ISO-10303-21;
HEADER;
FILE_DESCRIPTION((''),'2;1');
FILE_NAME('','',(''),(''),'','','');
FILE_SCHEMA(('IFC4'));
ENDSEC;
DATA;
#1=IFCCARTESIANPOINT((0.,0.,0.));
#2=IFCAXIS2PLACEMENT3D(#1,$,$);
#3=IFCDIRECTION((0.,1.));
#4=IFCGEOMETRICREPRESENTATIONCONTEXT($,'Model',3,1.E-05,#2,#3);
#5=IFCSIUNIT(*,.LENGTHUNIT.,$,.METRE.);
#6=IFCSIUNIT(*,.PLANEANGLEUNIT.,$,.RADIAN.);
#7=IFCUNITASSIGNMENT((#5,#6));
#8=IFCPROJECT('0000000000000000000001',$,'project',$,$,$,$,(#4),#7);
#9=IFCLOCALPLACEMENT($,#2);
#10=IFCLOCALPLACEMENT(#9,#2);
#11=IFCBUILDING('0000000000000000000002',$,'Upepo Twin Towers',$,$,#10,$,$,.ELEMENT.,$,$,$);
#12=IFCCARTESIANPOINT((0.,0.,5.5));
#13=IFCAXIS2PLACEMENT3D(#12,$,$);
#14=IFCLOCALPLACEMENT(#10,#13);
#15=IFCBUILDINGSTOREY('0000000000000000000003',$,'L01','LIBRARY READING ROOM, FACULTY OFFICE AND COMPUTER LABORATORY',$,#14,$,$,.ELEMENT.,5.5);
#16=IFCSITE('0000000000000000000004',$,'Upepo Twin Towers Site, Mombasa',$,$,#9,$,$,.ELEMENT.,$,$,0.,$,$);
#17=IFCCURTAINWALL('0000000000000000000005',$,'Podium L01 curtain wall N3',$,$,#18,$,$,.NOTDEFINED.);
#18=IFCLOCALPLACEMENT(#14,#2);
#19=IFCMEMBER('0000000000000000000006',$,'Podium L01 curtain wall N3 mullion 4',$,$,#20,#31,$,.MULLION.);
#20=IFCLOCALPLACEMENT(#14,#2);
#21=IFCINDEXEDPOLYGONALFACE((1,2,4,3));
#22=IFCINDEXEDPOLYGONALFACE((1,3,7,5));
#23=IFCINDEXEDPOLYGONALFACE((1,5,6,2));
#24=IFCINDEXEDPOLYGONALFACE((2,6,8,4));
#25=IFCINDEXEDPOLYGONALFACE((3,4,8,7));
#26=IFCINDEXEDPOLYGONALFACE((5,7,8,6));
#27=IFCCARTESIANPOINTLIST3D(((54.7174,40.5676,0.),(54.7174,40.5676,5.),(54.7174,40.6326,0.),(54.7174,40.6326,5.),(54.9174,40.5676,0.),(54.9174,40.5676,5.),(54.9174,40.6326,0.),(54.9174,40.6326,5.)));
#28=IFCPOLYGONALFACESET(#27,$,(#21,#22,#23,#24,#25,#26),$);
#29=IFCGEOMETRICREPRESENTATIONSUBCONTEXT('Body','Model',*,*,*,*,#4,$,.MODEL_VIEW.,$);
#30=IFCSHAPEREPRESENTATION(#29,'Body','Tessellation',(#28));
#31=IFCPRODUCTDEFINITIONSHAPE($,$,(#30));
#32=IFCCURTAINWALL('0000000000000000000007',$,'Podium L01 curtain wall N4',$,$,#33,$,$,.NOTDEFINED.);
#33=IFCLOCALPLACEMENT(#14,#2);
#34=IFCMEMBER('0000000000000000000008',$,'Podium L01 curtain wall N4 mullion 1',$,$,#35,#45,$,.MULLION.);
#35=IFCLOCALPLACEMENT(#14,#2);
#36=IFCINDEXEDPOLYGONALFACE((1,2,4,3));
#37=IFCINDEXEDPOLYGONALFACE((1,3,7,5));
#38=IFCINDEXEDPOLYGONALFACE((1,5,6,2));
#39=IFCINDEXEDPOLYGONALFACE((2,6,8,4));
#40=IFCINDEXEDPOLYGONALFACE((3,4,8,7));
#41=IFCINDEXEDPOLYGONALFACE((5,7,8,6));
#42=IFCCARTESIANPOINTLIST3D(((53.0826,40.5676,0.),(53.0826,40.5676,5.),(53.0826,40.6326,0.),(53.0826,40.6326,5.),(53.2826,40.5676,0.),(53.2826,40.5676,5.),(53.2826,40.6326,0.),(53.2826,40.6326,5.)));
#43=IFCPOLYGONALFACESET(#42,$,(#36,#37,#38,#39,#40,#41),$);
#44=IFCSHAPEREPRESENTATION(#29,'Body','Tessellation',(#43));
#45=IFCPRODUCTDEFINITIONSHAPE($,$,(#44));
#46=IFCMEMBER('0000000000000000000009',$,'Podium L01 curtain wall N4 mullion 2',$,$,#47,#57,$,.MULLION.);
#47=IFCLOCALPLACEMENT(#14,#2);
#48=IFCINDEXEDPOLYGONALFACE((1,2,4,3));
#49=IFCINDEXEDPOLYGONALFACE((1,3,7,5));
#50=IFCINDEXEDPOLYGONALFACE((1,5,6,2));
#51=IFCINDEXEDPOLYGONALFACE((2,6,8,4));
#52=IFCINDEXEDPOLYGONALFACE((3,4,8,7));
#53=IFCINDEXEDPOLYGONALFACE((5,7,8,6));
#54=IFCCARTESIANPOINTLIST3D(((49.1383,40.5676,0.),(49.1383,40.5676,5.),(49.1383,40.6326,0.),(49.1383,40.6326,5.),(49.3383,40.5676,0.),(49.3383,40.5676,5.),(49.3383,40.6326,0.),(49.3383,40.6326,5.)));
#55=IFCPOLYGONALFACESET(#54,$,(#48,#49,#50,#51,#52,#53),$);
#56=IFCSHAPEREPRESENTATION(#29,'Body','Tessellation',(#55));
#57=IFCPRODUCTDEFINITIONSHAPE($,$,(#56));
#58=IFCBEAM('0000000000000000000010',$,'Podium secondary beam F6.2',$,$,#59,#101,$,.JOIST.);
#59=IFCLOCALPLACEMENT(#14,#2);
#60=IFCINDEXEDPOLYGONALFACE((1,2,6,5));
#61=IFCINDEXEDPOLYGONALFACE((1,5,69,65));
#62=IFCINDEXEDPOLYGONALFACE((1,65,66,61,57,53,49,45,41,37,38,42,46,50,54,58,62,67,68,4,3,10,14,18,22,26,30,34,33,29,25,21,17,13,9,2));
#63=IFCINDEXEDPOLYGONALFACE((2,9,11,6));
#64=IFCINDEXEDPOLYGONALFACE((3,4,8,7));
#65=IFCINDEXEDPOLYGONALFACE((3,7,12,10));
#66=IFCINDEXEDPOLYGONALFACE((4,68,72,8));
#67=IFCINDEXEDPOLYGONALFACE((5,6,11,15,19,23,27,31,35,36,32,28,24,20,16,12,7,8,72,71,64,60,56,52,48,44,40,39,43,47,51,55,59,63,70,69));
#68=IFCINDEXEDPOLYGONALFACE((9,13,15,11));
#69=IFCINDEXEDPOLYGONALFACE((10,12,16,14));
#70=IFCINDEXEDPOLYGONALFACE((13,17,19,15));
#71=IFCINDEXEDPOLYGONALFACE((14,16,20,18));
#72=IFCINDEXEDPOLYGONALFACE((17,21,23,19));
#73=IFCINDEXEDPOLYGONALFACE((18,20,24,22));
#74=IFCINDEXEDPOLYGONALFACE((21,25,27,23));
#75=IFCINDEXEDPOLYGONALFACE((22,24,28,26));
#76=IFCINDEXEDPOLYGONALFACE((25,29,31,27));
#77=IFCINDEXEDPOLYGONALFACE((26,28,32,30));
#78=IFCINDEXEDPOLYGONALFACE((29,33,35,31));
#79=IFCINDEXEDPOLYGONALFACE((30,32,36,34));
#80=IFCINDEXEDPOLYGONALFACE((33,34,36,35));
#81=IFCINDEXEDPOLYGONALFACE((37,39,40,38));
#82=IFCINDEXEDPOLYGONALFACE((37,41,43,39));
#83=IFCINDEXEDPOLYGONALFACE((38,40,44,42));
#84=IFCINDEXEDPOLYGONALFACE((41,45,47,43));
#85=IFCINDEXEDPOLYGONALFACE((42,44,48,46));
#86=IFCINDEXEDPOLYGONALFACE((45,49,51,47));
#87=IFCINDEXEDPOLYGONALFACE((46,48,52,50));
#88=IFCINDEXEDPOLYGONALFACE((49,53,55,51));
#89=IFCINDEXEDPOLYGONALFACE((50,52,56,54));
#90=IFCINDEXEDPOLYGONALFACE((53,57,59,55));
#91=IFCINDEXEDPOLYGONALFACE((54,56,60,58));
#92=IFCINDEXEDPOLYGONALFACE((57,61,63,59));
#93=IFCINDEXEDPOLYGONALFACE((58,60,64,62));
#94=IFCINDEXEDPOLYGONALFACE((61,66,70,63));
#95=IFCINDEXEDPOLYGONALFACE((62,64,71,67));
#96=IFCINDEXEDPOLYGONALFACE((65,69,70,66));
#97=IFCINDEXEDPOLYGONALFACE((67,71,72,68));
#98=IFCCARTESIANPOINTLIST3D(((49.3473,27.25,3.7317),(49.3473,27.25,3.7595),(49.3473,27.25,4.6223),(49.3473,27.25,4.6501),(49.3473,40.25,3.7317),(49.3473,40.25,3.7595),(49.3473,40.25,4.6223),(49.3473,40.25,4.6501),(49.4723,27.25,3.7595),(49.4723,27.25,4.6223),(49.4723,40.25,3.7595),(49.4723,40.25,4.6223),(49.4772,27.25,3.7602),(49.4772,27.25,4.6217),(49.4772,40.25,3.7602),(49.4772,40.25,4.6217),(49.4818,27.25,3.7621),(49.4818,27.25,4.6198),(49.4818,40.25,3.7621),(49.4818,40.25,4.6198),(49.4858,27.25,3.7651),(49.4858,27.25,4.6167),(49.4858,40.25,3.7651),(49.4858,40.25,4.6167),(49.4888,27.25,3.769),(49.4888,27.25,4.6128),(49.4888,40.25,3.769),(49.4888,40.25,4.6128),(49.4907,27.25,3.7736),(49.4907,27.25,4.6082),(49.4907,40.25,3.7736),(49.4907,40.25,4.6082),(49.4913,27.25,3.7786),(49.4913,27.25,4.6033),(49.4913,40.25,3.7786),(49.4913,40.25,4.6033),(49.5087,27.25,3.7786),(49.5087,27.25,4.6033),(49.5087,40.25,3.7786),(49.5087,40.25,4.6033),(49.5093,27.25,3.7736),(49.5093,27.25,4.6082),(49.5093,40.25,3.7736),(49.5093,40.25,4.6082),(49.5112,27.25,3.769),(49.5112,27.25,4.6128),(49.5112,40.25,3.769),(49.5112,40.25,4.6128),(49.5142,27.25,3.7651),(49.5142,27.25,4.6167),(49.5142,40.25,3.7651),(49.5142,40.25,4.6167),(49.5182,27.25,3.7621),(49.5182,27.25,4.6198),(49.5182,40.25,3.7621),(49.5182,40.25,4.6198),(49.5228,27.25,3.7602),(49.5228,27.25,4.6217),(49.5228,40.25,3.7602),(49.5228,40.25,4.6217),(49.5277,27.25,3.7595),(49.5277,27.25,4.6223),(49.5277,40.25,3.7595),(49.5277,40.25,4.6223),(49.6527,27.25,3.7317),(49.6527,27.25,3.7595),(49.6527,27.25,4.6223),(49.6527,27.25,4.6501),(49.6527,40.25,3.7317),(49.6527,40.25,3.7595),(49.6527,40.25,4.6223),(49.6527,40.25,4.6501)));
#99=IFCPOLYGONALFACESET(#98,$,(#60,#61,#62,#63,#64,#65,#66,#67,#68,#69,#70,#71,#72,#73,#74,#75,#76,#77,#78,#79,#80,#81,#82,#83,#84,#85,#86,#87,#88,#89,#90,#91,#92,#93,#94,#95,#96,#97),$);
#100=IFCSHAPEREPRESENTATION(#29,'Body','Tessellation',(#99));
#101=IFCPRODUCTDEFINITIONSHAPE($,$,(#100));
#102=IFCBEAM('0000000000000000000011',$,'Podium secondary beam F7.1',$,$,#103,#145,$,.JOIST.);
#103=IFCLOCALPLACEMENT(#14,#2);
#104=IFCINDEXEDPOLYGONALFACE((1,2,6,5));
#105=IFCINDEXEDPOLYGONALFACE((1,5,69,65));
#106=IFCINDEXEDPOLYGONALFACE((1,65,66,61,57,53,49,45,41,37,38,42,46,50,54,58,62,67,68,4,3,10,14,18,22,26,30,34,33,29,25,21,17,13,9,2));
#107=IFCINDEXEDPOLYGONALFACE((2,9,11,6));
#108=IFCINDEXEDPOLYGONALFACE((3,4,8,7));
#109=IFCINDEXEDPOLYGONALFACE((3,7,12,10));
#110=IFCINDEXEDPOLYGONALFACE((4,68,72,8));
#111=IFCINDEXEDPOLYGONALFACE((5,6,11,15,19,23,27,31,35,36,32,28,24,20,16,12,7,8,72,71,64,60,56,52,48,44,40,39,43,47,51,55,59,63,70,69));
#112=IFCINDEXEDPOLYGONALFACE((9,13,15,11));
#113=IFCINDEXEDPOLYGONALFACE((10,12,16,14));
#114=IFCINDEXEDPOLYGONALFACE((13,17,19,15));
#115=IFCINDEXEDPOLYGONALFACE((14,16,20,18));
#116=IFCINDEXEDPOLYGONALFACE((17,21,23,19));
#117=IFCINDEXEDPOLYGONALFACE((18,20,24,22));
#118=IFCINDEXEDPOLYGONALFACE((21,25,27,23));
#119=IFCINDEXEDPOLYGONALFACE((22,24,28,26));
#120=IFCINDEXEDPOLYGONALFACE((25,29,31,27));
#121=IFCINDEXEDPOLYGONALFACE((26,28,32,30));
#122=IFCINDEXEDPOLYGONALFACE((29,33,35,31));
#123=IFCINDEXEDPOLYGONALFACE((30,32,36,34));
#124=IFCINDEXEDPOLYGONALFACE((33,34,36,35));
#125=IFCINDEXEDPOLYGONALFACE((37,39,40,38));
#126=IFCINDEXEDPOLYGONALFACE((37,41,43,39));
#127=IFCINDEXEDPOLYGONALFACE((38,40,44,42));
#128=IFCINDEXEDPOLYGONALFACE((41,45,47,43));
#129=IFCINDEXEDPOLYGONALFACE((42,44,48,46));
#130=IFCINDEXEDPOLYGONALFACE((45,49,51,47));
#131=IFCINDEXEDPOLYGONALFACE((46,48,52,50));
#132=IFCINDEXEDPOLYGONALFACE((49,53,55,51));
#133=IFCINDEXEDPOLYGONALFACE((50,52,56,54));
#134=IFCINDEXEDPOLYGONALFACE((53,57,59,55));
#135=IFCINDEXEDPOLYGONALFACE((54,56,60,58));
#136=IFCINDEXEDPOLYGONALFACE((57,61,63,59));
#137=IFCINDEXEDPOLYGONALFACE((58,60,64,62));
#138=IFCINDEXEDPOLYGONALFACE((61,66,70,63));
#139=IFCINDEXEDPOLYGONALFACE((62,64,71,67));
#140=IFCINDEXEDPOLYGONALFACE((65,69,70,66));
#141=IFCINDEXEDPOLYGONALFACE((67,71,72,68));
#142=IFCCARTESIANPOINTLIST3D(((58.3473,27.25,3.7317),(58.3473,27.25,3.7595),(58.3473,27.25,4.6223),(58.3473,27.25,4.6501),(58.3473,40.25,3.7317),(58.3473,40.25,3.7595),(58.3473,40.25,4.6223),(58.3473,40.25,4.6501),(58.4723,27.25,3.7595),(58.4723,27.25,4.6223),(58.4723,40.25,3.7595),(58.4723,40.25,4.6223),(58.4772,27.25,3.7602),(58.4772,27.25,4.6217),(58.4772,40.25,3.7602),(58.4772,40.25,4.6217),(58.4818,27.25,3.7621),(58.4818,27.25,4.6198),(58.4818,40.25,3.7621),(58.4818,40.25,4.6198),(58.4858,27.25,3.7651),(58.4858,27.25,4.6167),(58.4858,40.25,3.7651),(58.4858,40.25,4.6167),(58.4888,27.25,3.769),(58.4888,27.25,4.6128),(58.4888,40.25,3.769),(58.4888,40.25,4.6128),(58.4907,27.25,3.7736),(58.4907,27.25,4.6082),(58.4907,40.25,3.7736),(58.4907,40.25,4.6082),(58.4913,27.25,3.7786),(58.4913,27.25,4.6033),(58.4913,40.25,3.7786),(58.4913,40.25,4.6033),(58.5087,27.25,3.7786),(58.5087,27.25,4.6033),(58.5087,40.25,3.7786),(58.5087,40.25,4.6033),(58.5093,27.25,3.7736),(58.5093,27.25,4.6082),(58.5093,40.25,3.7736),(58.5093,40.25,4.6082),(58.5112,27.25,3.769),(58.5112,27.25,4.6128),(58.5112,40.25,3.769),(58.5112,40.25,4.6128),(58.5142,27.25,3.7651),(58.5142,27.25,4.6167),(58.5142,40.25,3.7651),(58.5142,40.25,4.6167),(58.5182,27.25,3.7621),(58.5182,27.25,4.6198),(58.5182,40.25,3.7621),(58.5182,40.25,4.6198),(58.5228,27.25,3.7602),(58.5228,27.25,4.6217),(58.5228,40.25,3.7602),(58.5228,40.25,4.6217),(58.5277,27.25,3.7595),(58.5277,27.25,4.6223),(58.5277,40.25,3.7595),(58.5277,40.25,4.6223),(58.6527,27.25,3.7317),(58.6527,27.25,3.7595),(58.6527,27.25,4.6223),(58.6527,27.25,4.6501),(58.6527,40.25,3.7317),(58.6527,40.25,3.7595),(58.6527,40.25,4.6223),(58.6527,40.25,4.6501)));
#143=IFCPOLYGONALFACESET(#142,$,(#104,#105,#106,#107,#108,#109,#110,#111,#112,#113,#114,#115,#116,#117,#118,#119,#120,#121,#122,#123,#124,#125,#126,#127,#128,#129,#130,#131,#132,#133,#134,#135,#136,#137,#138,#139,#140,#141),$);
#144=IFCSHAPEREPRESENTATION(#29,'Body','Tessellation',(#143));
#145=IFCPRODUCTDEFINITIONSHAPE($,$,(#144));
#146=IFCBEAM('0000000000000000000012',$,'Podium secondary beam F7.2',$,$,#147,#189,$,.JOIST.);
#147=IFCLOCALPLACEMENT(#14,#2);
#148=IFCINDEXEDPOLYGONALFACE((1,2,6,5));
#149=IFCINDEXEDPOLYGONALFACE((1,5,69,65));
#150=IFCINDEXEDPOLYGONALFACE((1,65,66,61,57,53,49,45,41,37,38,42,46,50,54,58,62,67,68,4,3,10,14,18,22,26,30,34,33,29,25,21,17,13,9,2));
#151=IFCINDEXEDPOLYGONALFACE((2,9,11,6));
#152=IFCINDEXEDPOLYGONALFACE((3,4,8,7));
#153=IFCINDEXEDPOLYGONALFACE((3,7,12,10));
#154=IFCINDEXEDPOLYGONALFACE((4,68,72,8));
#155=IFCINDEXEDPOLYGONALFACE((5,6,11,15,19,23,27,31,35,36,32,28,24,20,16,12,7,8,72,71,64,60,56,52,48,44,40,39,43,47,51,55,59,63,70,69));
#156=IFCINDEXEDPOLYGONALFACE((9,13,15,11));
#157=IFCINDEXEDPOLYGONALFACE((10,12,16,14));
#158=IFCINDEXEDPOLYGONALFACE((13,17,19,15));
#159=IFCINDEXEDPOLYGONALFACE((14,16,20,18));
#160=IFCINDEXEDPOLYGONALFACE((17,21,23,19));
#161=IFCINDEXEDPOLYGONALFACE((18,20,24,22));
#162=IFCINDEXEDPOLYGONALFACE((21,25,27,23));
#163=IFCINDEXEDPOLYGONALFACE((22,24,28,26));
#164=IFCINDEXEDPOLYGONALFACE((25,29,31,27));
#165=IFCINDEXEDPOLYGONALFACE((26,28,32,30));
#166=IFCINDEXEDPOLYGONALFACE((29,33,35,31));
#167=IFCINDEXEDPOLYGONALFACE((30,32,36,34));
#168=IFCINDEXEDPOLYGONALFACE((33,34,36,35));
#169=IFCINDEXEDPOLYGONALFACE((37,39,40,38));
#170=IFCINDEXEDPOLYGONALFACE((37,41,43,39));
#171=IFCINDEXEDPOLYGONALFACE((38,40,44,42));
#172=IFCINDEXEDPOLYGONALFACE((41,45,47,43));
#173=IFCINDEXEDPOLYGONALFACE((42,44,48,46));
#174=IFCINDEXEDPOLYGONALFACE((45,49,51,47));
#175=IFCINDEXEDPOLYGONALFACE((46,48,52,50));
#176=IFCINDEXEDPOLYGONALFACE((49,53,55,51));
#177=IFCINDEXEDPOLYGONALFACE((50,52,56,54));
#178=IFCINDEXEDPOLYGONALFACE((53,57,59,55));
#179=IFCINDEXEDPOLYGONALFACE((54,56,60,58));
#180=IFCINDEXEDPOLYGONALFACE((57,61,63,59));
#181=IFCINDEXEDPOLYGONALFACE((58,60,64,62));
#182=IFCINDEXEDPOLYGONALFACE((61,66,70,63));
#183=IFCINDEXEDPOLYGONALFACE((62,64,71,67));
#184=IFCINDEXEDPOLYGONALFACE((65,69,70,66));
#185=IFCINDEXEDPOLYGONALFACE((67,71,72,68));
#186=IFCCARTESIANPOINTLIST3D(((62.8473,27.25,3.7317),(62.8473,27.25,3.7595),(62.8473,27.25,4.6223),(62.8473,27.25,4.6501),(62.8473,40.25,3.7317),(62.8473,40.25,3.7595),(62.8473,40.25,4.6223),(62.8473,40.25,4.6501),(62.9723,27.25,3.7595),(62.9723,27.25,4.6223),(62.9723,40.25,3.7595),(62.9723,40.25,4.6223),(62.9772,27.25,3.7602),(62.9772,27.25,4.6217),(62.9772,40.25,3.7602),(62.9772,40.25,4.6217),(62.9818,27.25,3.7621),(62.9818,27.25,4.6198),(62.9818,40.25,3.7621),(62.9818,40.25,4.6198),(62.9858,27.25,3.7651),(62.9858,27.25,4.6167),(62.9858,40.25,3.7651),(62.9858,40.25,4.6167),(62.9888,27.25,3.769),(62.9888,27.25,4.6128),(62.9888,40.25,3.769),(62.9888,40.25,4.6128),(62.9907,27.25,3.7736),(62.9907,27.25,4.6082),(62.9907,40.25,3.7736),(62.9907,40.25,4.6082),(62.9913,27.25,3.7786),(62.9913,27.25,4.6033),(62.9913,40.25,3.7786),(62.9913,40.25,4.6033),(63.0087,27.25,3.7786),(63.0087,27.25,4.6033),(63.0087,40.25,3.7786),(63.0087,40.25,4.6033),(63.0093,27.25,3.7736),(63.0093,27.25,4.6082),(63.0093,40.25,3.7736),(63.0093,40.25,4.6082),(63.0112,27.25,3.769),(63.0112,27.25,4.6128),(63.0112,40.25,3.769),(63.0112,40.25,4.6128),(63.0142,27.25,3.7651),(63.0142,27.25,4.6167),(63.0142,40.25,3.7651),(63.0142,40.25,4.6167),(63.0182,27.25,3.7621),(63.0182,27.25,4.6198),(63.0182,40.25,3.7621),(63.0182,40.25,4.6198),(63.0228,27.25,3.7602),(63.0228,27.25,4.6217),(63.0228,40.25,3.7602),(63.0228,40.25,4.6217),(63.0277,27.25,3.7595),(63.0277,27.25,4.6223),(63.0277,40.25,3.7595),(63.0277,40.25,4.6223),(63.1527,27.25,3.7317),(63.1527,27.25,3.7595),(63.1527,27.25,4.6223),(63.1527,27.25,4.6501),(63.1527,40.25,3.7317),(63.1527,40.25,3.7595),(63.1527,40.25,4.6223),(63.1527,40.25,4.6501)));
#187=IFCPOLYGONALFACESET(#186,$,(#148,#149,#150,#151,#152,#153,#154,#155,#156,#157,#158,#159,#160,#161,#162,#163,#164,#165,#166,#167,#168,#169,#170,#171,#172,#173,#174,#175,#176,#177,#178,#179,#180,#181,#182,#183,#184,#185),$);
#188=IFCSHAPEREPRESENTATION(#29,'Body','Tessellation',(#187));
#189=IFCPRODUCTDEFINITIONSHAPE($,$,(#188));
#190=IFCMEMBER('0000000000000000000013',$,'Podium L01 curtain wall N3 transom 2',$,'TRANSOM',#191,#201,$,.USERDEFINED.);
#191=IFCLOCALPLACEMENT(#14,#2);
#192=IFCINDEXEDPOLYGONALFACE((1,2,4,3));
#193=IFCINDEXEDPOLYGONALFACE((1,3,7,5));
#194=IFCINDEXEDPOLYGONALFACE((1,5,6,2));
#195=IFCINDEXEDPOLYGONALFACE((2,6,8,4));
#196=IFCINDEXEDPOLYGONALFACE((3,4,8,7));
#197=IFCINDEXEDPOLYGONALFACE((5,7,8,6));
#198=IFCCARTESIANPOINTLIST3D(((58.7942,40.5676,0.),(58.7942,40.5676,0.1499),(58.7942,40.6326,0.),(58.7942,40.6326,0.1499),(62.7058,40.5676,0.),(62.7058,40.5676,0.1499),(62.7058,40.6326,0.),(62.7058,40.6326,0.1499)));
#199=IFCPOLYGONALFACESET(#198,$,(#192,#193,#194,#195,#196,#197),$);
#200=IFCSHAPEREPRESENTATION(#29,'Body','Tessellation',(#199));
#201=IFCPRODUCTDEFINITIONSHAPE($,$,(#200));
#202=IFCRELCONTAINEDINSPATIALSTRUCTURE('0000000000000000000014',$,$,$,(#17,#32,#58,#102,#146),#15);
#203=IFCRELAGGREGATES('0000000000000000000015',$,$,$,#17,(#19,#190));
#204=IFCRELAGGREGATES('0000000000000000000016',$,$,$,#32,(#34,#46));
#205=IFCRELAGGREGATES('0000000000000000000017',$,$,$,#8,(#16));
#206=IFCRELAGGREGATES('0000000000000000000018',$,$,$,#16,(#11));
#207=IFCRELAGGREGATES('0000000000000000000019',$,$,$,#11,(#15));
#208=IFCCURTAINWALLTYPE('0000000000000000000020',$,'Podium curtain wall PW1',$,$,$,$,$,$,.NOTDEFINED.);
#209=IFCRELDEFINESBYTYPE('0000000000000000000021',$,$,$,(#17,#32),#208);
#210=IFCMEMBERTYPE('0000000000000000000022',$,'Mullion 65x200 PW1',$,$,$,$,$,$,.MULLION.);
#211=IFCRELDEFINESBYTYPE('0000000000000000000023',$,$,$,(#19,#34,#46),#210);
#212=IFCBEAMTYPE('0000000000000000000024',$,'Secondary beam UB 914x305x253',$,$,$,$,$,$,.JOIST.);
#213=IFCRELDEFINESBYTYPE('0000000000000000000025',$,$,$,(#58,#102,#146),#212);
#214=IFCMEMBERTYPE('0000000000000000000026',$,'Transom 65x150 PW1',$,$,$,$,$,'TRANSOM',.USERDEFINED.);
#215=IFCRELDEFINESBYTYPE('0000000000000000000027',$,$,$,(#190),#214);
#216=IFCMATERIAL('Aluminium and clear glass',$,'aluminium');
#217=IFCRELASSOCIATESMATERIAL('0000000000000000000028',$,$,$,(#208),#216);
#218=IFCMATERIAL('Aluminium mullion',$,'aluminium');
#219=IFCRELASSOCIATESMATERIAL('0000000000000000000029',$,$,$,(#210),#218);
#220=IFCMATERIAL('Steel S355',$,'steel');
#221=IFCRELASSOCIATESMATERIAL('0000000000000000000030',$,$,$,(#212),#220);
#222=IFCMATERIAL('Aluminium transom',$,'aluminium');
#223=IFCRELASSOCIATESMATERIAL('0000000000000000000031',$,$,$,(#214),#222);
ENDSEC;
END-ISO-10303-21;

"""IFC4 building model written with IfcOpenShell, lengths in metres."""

from ifc_helpers import new_model, si_unit, direction, frame, origin, origin_2d, place, context, subcontext, project, spatial, rectangle, i_section, extrude, material, material_profile, profile_set, type_object, element, aggregate, save


model = new_model("IFC4")

# Units and contexts
model_context = context("Model", 3, precision=1e-05, world=origin(), true_north=direction((0.0, 1.0)))
body_context = subcontext(model_context, "Body", "Model", "MODEL_VIEW")
ifc_project = project(units=[si_unit("LENGTHUNIT", "METRE"), si_unit("PLANEANGLEUNIT", "RADIAN")], contexts=[model_context])

# Site, building, storey
site_placement = place(None, origin())
site = spatial("IfcSite", under=ifc_project, at=site_placement, Name="Upepo Twin Towers Site, Mombasa", CompositionType="ELEMENT", RefElevation=0.0)
building_placement = place(site_placement, origin())
building = spatial("IfcBuilding", under=site, at=building_placement, Name="Upepo Twin Towers", CompositionType="ELEMENT")
storey_placement = place(building_placement, frame((0.0, 0.0, 5.5)))
storey = spatial("IfcBuildingStorey", under=building, at=storey_placement, Name="L01", Description="LIBRARY READING ROOM, FACULTY OFFICE AND COMPUTER LABORATORY", CompositionType="ELEMENT", Elevation=5.5)

# Curtain walls, members
ifc_material_1 = material(Name="Aluminium and clear glass", Category="aluminium")
curtain_wall_type = type_object("IfcCurtainWallType", Name="Podium curtain wall PW1", PredefinedType="NOTDEFINED", material=ifc_material_1)
curtain_wall_1_placement = place(storey_placement, origin())
curtain_wall_1 = element("IfcCurtainWall", 1, at=curtain_wall_1_placement, inside=storey, type_object=curtain_wall_type, Name="Podium L01 curtain wall N3", PredefinedType="NOTDEFINED")
ifc_material_2 = material(Name="Aluminium mullion", Category="aluminium")
ifc_material_profile_1 = material_profile(ifc_material_2, rectangle(XDim=0.0649, YDim=0.2, at=origin_2d()), Name="MULLION 65x200 PODIUM")
ifc_profile_set_1 = profile_set([ifc_material_profile_1], Name="Aluminium mullion")
member_type_1 = type_object("IfcMemberType", Name="Mullion 65x200 PW1", PredefinedType="MULLION", material=ifc_profile_set_1)
member_1_placement = place(storey_placement, frame((54.8174, 40.6001, 0.0), z_axis=(0.0, 0.0, 1.0), x_axis=(0.0, -1.0, 0.0)))
member_1 = element("IfcMember", 2, at=member_1_placement, type_object=member_type_1, Name="Podium L01 curtain wall N3 mullion 4", PredefinedType="MULLION", context=body_context, shape_type="SweptSolid", body=[
    extrude(rectangle(XDim=0.0649, YDim=0.2, at=origin_2d()), origin(), (0.0, 0.0, 1.0), 5.0),
])
curtain_wall_2_placement = place(storey_placement, origin())
curtain_wall_2 = element("IfcCurtainWall", 3, at=curtain_wall_2_placement, inside=storey, type_object=curtain_wall_type, Name="Podium L01 curtain wall N4", PredefinedType="NOTDEFINED")
member_2_placement = place(storey_placement, frame((53.1826, 40.6001, 0.0), z_axis=(0.0, 0.0, 1.0), x_axis=(0.0, -1.0, 0.0)))
member_2 = element("IfcMember", 4, at=member_2_placement, type_object=member_type_1, Name="Podium L01 curtain wall N4 mullion 1", PredefinedType="MULLION", context=body_context, shape_type="SweptSolid", body=[
    extrude(rectangle(XDim=0.0649, YDim=0.2, at=origin_2d()), origin(), (0.0, 0.0, 1.0), 5.0),
])
member_3_placement = place(storey_placement, frame((49.2383, 40.6001, 0.0), z_axis=(0.0, 0.0, 1.0), x_axis=(0.0, -1.0, 0.0)))
member_3 = element("IfcMember", 5, at=member_3_placement, type_object=member_type_1, Name="Podium L01 curtain wall N4 mullion 2", PredefinedType="MULLION", context=body_context, shape_type="SweptSolid", body=[
    extrude(rectangle(XDim=0.0649, YDim=0.2, at=origin_2d()), origin(), (0.0, 0.0, 1.0), 5.0),
])

# Beams
ifc_material_3 = material(Name="Steel S355", Category="steel")
ifc_material_profile_2 = material_profile(ifc_material_3, i_section(OverallWidth=0.3054, OverallDepth=0.9185, WebThickness=0.0173, FlangeThickness=0.0278, FilletRadius=0.019, at=origin_2d()), Name="UB 914x305x253")
ifc_profile_set_2 = profile_set([ifc_material_profile_2], Name="Steel S355")
beam_type_1 = type_object("IfcBeamType", Name="Secondary beam UB 914x305x253", PredefinedType="JOIST", material=ifc_profile_set_2)
for number, where, z_axis, x_axis, name in (
    (6, (49.5, 27.25, 4.1909), (0.0, 1.0, 0.0), (-1.0, 0.0, 0.0), "Podium secondary beam F6.2"),
    (7, (58.5, 27.25, 4.1909), (0.0, 1.0, 0.0), (-1.0, 0.0, 0.0), "Podium secondary beam F7.1"),
    (8, (63.0, 27.25, 4.1909), (0.0, 1.0, 0.0), (-1.0, 0.0, 0.0), "Podium secondary beam F7.2"),
):
    element("IfcBeam", number, at=place(storey_placement, frame(where, z_axis=z_axis, x_axis=x_axis)), inside=storey, type_object=beam_type_1, Name=name, PredefinedType="JOIST", context=body_context, shape_type="SweptSolid", body=[
        extrude(i_section(OverallWidth=0.3054, OverallDepth=0.9185, WebThickness=0.0173, FlangeThickness=0.0278, FilletRadius=0.019, at=origin_2d()), origin(), (0.0, 0.0, 1.0), 13.0),
    ])

# Member
ifc_material_4 = material(Name="Aluminium transom", Category="aluminium")
ifc_material_profile_3 = material_profile(ifc_material_4, rectangle(XDim=0.0649, YDim=0.1499, at=origin_2d()), Name="TRANSOM 65x150 PODIUM")
ifc_profile_set_3 = profile_set([ifc_material_profile_3], Name="Aluminium transom")
member_type_2 = type_object("IfcMemberType", Name="Transom 65x150 PW1", ElementType="TRANSOM", PredefinedType="USERDEFINED", material=ifc_profile_set_3)
member_4_placement = place(storey_placement, frame((62.7058, 40.6001, 0.075), z_axis=(-1.0, 0.0, 0.0), x_axis=(0.0, -1.0, 0.0)))
member_4 = element("IfcMember", 9, at=member_4_placement, type_object=member_type_2, Name="Podium L01 curtain wall N3 transom 2", ObjectType="TRANSOM", PredefinedType="USERDEFINED", context=body_context, shape_type="SweptSolid", body=[
    extrude(rectangle(XDim=0.0649, YDim=0.1499, at=origin_2d()), origin(), (0.0, 0.0, 1.0), 3.9116),
])

aggregate(curtain_wall_1, [member_1, member_4])
aggregate(curtain_wall_2, [member_2, member_3])

save(model, "model.ifc")
